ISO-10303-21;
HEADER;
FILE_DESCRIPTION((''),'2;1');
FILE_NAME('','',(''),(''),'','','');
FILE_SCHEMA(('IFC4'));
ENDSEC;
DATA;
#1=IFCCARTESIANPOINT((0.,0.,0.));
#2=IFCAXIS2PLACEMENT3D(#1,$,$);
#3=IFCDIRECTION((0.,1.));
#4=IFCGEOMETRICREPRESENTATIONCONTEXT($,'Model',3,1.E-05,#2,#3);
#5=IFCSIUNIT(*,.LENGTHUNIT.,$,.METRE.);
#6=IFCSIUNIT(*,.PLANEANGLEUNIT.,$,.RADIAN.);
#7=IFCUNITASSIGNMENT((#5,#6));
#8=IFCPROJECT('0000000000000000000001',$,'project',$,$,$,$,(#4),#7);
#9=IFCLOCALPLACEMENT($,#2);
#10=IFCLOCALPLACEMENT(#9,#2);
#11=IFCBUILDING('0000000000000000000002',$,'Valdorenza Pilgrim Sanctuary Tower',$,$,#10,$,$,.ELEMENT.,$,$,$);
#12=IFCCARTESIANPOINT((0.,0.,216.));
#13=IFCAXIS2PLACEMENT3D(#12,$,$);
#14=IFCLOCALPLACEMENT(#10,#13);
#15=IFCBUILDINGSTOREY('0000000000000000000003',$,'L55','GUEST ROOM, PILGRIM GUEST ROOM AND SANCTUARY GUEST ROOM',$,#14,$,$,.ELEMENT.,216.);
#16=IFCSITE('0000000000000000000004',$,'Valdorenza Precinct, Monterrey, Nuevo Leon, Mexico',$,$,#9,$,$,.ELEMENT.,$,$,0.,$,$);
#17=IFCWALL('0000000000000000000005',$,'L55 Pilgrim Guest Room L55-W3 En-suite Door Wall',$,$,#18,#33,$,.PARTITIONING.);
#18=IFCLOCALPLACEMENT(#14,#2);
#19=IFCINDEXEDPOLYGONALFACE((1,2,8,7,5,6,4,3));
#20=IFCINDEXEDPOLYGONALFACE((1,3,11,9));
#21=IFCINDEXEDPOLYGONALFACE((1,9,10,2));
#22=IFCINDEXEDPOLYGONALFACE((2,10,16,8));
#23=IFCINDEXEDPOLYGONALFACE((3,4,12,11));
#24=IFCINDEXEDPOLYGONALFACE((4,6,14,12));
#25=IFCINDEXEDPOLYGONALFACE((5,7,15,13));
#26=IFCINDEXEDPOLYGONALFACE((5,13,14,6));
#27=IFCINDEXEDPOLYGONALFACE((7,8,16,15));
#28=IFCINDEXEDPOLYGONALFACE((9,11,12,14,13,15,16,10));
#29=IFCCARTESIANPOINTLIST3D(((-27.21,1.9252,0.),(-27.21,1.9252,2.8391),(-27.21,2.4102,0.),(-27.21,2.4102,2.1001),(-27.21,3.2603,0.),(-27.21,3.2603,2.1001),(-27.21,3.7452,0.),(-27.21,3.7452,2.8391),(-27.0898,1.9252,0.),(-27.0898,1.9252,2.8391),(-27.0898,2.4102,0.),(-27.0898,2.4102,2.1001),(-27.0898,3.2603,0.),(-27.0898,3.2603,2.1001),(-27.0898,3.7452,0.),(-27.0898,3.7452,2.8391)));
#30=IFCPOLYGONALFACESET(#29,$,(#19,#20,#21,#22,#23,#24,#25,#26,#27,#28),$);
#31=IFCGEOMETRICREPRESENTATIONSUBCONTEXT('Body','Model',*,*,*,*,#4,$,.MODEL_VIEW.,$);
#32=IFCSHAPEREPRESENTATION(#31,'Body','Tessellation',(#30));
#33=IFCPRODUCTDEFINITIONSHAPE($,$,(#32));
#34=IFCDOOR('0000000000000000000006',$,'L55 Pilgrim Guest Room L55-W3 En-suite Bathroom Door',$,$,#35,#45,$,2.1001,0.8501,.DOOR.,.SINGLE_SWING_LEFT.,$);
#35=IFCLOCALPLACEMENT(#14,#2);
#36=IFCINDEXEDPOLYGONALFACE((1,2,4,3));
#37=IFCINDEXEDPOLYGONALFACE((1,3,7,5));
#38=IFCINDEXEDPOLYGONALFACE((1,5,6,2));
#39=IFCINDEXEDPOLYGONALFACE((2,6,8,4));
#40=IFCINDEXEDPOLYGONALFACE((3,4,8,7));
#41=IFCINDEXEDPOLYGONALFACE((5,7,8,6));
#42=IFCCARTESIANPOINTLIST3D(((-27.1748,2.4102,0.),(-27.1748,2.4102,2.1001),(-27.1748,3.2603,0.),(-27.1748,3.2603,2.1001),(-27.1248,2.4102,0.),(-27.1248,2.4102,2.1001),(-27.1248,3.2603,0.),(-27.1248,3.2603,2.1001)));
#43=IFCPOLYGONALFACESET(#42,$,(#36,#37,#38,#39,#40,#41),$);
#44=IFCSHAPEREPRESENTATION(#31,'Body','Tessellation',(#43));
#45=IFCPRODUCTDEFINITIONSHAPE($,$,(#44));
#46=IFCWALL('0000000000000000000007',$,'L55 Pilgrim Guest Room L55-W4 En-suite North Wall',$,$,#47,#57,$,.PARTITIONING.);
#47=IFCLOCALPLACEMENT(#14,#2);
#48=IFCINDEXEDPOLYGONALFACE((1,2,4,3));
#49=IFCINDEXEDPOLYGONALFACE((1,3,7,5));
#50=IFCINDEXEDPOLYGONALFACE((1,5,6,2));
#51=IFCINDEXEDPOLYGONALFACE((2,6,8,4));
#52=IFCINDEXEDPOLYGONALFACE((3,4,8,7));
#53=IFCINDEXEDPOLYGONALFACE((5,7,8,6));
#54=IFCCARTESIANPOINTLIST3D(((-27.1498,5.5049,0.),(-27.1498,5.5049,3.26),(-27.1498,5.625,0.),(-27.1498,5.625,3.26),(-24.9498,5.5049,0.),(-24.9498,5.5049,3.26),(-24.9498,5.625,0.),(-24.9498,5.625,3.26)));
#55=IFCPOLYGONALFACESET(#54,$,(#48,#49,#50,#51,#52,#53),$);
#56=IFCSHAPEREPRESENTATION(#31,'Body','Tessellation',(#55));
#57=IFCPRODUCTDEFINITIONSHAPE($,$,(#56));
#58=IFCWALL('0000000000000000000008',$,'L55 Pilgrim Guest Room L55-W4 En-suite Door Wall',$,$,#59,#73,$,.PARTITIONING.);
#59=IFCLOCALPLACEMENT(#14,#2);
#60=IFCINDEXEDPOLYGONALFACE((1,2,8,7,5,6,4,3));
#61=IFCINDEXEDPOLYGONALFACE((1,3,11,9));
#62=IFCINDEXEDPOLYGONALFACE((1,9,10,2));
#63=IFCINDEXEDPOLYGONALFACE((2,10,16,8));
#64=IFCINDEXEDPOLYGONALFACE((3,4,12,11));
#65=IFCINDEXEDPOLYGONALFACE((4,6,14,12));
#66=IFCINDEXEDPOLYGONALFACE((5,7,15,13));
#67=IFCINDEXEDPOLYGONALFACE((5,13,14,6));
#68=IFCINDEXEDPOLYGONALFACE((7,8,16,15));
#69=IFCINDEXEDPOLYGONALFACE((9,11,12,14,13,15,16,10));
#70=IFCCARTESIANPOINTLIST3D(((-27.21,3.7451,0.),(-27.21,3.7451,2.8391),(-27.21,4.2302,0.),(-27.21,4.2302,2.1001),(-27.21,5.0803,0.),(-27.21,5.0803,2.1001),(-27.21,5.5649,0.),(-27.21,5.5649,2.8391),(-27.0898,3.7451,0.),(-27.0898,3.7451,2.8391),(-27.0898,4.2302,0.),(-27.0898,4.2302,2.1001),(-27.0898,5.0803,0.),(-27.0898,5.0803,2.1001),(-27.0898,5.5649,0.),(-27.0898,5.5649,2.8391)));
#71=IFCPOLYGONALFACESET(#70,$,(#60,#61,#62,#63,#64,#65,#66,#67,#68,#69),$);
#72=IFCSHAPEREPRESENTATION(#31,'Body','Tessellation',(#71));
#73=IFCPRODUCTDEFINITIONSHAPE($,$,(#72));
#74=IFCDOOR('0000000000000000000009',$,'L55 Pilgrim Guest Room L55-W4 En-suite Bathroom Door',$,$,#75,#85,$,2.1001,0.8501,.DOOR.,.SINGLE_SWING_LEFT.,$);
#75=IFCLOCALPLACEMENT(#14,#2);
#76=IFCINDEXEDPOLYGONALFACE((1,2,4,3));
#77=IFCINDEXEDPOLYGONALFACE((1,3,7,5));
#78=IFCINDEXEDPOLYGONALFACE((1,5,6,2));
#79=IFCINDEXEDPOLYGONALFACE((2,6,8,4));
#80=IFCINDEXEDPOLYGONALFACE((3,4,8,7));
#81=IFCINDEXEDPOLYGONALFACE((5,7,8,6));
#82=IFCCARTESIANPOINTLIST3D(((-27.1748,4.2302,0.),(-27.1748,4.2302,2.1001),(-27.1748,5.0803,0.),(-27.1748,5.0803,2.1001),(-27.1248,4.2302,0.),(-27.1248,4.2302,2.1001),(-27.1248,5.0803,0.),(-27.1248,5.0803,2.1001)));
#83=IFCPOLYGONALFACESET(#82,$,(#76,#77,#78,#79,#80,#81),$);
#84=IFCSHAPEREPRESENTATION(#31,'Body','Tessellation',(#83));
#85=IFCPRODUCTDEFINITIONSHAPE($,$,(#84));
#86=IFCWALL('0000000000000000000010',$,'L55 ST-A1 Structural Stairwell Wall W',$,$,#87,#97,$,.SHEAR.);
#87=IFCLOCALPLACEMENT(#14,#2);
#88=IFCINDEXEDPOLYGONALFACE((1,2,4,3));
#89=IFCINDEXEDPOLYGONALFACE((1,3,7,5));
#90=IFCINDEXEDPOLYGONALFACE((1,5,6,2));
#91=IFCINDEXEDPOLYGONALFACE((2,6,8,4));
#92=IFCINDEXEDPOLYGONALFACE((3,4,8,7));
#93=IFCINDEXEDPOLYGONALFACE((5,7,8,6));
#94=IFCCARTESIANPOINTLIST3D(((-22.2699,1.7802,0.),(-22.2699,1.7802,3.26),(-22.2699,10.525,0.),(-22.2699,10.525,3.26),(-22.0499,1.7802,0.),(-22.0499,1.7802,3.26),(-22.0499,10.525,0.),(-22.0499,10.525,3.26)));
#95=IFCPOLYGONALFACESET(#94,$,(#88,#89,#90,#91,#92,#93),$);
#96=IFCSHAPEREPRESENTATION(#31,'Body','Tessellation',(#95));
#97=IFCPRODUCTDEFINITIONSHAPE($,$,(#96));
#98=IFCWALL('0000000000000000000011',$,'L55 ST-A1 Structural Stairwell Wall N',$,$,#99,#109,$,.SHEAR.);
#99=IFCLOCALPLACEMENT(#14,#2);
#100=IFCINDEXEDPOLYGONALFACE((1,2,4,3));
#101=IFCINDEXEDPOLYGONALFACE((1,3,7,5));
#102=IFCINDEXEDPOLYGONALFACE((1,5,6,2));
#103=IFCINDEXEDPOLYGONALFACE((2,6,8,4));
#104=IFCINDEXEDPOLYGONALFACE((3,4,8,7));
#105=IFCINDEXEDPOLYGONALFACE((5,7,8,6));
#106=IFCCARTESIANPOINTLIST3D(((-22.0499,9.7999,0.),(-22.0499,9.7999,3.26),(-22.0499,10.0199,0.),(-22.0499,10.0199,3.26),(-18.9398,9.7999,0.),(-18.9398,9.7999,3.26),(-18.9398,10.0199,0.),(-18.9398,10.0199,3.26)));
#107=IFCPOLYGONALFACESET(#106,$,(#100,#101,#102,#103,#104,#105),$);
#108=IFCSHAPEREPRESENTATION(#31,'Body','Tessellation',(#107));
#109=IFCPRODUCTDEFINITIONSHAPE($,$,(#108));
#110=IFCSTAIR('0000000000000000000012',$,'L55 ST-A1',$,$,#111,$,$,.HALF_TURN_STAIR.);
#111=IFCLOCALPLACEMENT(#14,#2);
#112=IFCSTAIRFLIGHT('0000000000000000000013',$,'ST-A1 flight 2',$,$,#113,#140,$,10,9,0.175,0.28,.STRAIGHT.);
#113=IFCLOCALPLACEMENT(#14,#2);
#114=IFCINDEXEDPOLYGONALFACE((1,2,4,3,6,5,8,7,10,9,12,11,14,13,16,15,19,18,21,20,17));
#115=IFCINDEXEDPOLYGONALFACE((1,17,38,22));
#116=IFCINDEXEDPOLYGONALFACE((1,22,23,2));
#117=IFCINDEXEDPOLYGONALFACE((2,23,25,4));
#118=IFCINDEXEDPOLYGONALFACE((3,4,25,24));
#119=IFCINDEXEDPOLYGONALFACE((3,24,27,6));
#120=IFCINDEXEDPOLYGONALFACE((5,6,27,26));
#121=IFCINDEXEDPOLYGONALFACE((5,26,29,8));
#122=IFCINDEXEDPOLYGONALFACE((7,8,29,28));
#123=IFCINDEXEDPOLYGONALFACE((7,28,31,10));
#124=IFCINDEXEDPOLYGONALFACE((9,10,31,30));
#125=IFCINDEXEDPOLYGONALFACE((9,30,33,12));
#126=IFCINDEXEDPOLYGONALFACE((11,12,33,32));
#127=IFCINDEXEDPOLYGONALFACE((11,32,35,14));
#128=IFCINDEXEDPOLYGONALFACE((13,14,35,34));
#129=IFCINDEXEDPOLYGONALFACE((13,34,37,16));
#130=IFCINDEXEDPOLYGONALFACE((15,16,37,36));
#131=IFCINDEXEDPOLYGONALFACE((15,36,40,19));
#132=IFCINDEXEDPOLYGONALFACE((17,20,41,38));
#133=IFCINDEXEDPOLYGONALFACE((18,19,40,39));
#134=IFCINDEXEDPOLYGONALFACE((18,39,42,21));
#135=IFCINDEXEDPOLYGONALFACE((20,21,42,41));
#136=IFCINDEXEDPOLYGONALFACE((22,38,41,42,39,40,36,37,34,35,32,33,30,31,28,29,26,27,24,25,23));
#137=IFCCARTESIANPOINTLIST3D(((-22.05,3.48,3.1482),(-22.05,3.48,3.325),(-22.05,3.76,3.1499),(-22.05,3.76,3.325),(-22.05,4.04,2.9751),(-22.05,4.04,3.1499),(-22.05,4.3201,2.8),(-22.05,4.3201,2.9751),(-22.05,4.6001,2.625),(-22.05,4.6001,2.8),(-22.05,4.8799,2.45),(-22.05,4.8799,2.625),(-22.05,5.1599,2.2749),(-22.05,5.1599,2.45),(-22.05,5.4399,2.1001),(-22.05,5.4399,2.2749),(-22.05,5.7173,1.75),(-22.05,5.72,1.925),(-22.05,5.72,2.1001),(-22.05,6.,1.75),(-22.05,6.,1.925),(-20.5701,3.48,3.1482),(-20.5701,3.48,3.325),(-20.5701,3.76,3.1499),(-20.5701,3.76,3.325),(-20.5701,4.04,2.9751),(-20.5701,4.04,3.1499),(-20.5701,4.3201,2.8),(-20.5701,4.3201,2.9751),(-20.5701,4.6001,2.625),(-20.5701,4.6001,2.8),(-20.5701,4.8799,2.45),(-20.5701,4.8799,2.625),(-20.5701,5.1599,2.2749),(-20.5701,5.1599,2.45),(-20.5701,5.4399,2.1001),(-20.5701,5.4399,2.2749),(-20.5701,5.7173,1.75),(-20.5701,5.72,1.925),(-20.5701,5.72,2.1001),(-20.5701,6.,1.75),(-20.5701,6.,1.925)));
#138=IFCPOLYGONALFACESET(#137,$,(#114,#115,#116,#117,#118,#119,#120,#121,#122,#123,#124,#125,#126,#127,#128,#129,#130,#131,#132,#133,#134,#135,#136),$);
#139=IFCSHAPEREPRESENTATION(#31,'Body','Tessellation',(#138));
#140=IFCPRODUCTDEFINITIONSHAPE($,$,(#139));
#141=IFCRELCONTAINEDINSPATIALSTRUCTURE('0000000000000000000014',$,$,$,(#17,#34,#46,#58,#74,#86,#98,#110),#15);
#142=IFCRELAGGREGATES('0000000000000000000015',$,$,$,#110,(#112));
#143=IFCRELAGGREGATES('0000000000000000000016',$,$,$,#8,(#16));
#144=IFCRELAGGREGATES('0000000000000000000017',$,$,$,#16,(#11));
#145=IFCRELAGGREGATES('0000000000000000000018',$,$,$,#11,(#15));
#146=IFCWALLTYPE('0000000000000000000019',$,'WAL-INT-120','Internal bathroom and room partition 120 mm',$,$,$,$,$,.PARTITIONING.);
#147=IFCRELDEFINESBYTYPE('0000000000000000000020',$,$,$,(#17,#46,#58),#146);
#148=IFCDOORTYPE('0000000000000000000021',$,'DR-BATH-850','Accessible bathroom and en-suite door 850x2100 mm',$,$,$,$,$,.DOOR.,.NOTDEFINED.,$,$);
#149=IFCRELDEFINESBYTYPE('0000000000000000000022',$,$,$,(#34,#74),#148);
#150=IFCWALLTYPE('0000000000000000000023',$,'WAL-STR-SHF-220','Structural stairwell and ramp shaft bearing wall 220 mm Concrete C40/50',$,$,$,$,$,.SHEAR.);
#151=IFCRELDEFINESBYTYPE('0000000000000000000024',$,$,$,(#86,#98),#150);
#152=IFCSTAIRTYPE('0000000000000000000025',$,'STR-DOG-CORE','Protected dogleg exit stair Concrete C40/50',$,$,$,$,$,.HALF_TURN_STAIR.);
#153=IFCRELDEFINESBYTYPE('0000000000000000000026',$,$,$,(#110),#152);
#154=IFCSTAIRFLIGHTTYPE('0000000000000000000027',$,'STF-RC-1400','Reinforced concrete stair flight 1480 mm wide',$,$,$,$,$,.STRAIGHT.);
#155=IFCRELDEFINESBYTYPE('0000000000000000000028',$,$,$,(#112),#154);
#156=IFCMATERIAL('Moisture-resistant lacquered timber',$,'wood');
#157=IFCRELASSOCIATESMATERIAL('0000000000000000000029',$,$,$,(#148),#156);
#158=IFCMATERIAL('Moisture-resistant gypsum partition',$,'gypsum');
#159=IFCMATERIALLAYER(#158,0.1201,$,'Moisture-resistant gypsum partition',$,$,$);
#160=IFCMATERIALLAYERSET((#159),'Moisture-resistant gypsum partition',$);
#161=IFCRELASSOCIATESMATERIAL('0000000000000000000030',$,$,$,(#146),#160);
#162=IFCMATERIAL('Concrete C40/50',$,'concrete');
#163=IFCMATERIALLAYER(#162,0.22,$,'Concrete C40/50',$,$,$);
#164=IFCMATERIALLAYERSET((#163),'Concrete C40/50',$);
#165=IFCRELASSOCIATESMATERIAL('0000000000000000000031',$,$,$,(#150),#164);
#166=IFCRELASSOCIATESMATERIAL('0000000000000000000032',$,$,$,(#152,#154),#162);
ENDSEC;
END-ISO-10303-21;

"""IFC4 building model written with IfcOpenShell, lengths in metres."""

from ifc_helpers import new_model, si_unit, direction, frame, frame_2d, origin, place, context, subcontext, project, spatial, polyline, rectangle, outline, extrude, material, layer, layer_set, type_object, element, fill, aggregate, save


model = new_model("IFC4")

# Units and contexts
model_context = context("Model", 3, precision=1e-05, world=origin(), true_north=direction((0.0, 1.0)))
body_context = subcontext(model_context, "Body", "Model", "MODEL_VIEW")
ifc_project = project(units=[si_unit("LENGTHUNIT", "METRE"), si_unit("PLANEANGLEUNIT", "RADIAN")], contexts=[model_context])

# Site, building, storey
site_placement = place(None, origin())
site = spatial("IfcSite", under=ifc_project, at=site_placement, Name="Valdorenza Precinct, Monterrey, Nuevo Leon, Mexico", CompositionType="ELEMENT", RefElevation=0.0)
building_placement = place(site_placement, origin())
building = spatial("IfcBuilding", under=site, at=building_placement, Name="Valdorenza Pilgrim Sanctuary Tower", CompositionType="ELEMENT")
storey_placement = place(building_placement, frame((0.0, 0.0, 216.0)))
storey = spatial("IfcBuildingStorey", under=building, at=storey_placement, Name="L55", Description="GUEST ROOM, PILGRIM GUEST ROOM AND SANCTUARY GUEST ROOM", CompositionType="ELEMENT", Elevation=216.0)

# Shared definitions
ifc_material_1 = material(Name="Moisture-resistant lacquered timber", Category="wood")
door_type_1 = type_object("IfcDoorType", Name="DR-BATH-850", Description="Accessible bathroom and en-suite door 850x2100 mm", OperationType="NOTDEFINED", PredefinedType="DOOR", material=ifc_material_1)

# Shared definitions
ifc_material_2 = material(Name="Moisture-resistant gypsum partition", Category="gypsum")
ifc_layer_1 = layer(ifc_material_2, 0.1201, Name="Moisture-resistant gypsum partition")
ifc_layer_set_1 = layer_set([ifc_layer_1], Name="Moisture-resistant gypsum partition")
wall_type_1 = type_object("IfcWallType", Name="WAL-INT-120", Description="Internal bathroom and room partition 120 mm", PredefinedType="PARTITIONING", material=ifc_layer_set_1)

# Wall, opening, door
wall_1_placement = place(storey_placement, frame((-27.1499, 1.925, 0.0), z_axis=(0.0, 0.0, 1.0), x_axis=(0.0, 1.0, 0.0)))
wall_1 = element("IfcWall", 1, at=wall_1_placement, inside=storey, type_object=wall_type_1, Name="L55 Pilgrim Guest Room L55-W3 En-suite Door Wall", PredefinedType="PARTITIONING", context=body_context, shape_type="SweptSolid", body=[
    extrude(rectangle(XDim=1.8201, YDim=0.1201, at=frame_2d((0.9102, 0.0))), origin(), (0.0, 0.0, 1.0), 2.8391),
])
opening_1_placement = place(wall_1_placement, frame((0.4851, 0.0, 0.0)))
opening_1 = element("IfcOpeningElement", 2, at=opening_1_placement, cuts=wall_1, PredefinedType="OPENING", context=body_context, shape_type="SweptSolid", body=[
    extrude(rectangle(XDim=0.8501, YDim=2.1001, at=frame_2d((0.425, 1.05))), frame((0.0, 0.075, 0.0), z_axis=(0.0, -1.0, 0.0), x_axis=(1.0, 0.0, 0.0)), (0.0, 0.0, 1.0), 0.1499),
])
door_1_placement = place(opening_1_placement, origin())
door_1 = element("IfcDoor", 3, at=door_1_placement, inside=storey, type_object=door_type_1, Name="L55 Pilgrim Guest Room L55-W3 En-suite Bathroom Door", OperationType="SINGLE_SWING_LEFT", OverallHeight=2.1001, OverallWidth=0.8501, PredefinedType="DOOR", context=body_context, shape_type="SweptSolid", body=[
    extrude(rectangle(XDim=0.8501, YDim=2.1001, at=frame_2d((0.425, 1.05))), frame((0.0, 0.0249, 0.0), z_axis=(0.0, -1.0, 0.0), x_axis=(1.0, 0.0, 0.0)), (0.0, 0.0, 1.0), 0.05),
])
fill(opening_1, door_1)

# Wall
wall_2_placement = place(storey_placement, frame((-27.1499, 5.5649, 0.0), z_axis=(0.0, 0.0, 1.0), x_axis=(1.0, 0.0, 0.0)))
element("IfcWall", 4, at=wall_2_placement, inside=storey, type_object=wall_type_1, Name="L55 Pilgrim Guest Room L55-W4 En-suite North Wall", PredefinedType="PARTITIONING", context=body_context, shape_type="SweptSolid", body=[
    extrude(rectangle(XDim=2.2, YDim=0.1201, at=frame_2d((1.1001, 0.0))), origin(), (0.0, 0.0, 1.0), 3.26),
])

# Wall, opening, door
wall_3_placement = place(storey_placement, frame((-27.1499, 3.7451, 0.0), z_axis=(0.0, 0.0, 1.0), x_axis=(0.0, 1.0, 0.0)))
wall_3 = element("IfcWall", 5, at=wall_3_placement, inside=storey, type_object=wall_type_1, Name="L55 Pilgrim Guest Room L55-W4 En-suite Door Wall", PredefinedType="PARTITIONING", context=body_context, shape_type="SweptSolid", body=[
    extrude(rectangle(XDim=1.8198, YDim=0.1201, at=frame_2d((0.9099, 0.0))), origin(), (0.0, 0.0, 1.0), 2.8391),
])
opening_2_placement = place(wall_3_placement, frame((0.4851, 0.0, 0.0)))
opening_2 = element("IfcOpeningElement", 6, at=opening_2_placement, cuts=wall_3, PredefinedType="OPENING", context=body_context, shape_type="SweptSolid", body=[
    extrude(rectangle(XDim=0.8501, YDim=2.1001, at=frame_2d((0.425, 1.05))), frame((0.0, 0.075, 0.0), z_axis=(0.0, -1.0, 0.0), x_axis=(1.0, 0.0, 0.0)), (0.0, 0.0, 1.0), 0.1499),
])
door_2_placement = place(opening_2_placement, origin())
door_2 = element("IfcDoor", 7, at=door_2_placement, inside=storey, type_object=door_type_1, Name="L55 Pilgrim Guest Room L55-W4 En-suite Bathroom Door", OperationType="SINGLE_SWING_LEFT", OverallHeight=2.1001, OverallWidth=0.8501, PredefinedType="DOOR", context=body_context, shape_type="SweptSolid", body=[
    extrude(rectangle(XDim=0.8501, YDim=2.1001, at=frame_2d((0.425, 1.05))), frame((0.0, 0.0249, 0.0), z_axis=(0.0, -1.0, 0.0), x_axis=(1.0, 0.0, 0.0)), (0.0, 0.0, 1.0), 0.05),
])
fill(opening_2, door_2)

# Wall
ifc_material_3 = material(Name="Concrete C40/50", Category="concrete")
ifc_layer_2 = layer(ifc_material_3, 0.22, Name="Concrete C40/50")
ifc_layer_set_2 = layer_set([ifc_layer_2], Name="Concrete C40/50")
wall_type_2 = type_object("IfcWallType", Name="WAL-STR-SHF-220", Description="Structural stairwell and ramp shaft bearing wall 220 mm Concrete C40/50", PredefinedType="SHEAR", material=ifc_layer_set_2)
wall_4_placement = place(storey_placement, frame((-22.1599, 1.78, 0.0), z_axis=(0.0, 0.0, 1.0), x_axis=(0.0, 1.0, 0.0)))
element("IfcWall", 8, at=wall_4_placement, inside=storey, type_object=wall_type_2, Name="L55 ST-A1 Structural Stairwell Wall W", PredefinedType="SHEAR", context=body_context, shape_type="SweptSolid", body=[
    extrude(rectangle(XDim=8.7449, YDim=0.22, at=frame_2d((4.3726, 0.0))), origin(), (0.0, 0.0, 1.0), 3.26),
])

# Wall
wall_5_placement = place(storey_placement, frame((-22.05, 9.9099, 0.0), z_axis=(0.0, 0.0, 1.0), x_axis=(1.0, 0.0, 0.0)))
element("IfcWall", 9, at=wall_5_placement, inside=storey, type_object=wall_type_2, Name="L55 ST-A1 Structural Stairwell Wall N", PredefinedType="SHEAR", context=body_context, shape_type="SweptSolid", body=[
    extrude(rectangle(XDim=3.1101, YDim=0.22, at=frame_2d((1.5552, 0.0))), origin(), (0.0, 0.0, 1.0), 3.26),
])

# Stair, stair flight
stair_type = type_object("IfcStairType", Name="STR-DOG-CORE", Description="Protected dogleg exit stair Concrete C40/50", PredefinedType="HALF_TURN_STAIR", material=ifc_material_3)
stair_placement = place(storey_placement, origin())
stair = element("IfcStair", 10, at=stair_placement, inside=storey, type_object=stair_type, Name="L55 ST-A1", PredefinedType="HALF_TURN_STAIR")
stair_flight_type = type_object("IfcStairFlightType", Name="STF-RC-1400", Description="Reinforced concrete stair flight 1480 mm wide", PredefinedType="STRAIGHT", material=ifc_material_3)
stair_flight_placement = place(storey_placement, frame((-21.3101, 6.0, 1.75), z_axis=(0.0, 0.0, 1.0), x_axis=(0.0, -1.0, 0.0)))
stair_flight = element("IfcStairFlight", 11, at=stair_flight_placement, type_object=stair_flight_type, Name="ST-A1 flight 2", NumberOfRisers=10, NumberOfTreads=9, PredefinedType="STRAIGHT", RiserHeight=0.175, TreadLength=0.28, context=body_context, shape_type="SweptSolid", body=[
    extrude(outline(polyline([(0.0, 0.0), (0.0, 0.175), (0.28, 0.175), (0.28, 0.3501), (0.5601, 0.3501), (0.5601, 0.5249), (0.8401, 0.5249), (0.8401, 0.7), (1.1201, 0.7), (1.1201, 0.875), (1.3999, 0.875), (1.3999, 1.05), (1.6799, 1.05), (1.6799, 1.2251), (1.96, 1.2251), (1.96, 1.3999), (2.24, 1.3999), (2.24, 1.575), (2.52, 1.575), (2.52, 1.75), (2.52, 1.3982), (0.2827, 0.0), (0.0, 0.0)])), frame((0.0, 0.74, 0.0), z_axis=(0.0, -1.0, 0.0), x_axis=(1.0, 0.0, 0.0)), (0.0, 0.0, 1.0), 1.48),
])
aggregate(stair, [stair_flight])

save(model, "model.ifc")
